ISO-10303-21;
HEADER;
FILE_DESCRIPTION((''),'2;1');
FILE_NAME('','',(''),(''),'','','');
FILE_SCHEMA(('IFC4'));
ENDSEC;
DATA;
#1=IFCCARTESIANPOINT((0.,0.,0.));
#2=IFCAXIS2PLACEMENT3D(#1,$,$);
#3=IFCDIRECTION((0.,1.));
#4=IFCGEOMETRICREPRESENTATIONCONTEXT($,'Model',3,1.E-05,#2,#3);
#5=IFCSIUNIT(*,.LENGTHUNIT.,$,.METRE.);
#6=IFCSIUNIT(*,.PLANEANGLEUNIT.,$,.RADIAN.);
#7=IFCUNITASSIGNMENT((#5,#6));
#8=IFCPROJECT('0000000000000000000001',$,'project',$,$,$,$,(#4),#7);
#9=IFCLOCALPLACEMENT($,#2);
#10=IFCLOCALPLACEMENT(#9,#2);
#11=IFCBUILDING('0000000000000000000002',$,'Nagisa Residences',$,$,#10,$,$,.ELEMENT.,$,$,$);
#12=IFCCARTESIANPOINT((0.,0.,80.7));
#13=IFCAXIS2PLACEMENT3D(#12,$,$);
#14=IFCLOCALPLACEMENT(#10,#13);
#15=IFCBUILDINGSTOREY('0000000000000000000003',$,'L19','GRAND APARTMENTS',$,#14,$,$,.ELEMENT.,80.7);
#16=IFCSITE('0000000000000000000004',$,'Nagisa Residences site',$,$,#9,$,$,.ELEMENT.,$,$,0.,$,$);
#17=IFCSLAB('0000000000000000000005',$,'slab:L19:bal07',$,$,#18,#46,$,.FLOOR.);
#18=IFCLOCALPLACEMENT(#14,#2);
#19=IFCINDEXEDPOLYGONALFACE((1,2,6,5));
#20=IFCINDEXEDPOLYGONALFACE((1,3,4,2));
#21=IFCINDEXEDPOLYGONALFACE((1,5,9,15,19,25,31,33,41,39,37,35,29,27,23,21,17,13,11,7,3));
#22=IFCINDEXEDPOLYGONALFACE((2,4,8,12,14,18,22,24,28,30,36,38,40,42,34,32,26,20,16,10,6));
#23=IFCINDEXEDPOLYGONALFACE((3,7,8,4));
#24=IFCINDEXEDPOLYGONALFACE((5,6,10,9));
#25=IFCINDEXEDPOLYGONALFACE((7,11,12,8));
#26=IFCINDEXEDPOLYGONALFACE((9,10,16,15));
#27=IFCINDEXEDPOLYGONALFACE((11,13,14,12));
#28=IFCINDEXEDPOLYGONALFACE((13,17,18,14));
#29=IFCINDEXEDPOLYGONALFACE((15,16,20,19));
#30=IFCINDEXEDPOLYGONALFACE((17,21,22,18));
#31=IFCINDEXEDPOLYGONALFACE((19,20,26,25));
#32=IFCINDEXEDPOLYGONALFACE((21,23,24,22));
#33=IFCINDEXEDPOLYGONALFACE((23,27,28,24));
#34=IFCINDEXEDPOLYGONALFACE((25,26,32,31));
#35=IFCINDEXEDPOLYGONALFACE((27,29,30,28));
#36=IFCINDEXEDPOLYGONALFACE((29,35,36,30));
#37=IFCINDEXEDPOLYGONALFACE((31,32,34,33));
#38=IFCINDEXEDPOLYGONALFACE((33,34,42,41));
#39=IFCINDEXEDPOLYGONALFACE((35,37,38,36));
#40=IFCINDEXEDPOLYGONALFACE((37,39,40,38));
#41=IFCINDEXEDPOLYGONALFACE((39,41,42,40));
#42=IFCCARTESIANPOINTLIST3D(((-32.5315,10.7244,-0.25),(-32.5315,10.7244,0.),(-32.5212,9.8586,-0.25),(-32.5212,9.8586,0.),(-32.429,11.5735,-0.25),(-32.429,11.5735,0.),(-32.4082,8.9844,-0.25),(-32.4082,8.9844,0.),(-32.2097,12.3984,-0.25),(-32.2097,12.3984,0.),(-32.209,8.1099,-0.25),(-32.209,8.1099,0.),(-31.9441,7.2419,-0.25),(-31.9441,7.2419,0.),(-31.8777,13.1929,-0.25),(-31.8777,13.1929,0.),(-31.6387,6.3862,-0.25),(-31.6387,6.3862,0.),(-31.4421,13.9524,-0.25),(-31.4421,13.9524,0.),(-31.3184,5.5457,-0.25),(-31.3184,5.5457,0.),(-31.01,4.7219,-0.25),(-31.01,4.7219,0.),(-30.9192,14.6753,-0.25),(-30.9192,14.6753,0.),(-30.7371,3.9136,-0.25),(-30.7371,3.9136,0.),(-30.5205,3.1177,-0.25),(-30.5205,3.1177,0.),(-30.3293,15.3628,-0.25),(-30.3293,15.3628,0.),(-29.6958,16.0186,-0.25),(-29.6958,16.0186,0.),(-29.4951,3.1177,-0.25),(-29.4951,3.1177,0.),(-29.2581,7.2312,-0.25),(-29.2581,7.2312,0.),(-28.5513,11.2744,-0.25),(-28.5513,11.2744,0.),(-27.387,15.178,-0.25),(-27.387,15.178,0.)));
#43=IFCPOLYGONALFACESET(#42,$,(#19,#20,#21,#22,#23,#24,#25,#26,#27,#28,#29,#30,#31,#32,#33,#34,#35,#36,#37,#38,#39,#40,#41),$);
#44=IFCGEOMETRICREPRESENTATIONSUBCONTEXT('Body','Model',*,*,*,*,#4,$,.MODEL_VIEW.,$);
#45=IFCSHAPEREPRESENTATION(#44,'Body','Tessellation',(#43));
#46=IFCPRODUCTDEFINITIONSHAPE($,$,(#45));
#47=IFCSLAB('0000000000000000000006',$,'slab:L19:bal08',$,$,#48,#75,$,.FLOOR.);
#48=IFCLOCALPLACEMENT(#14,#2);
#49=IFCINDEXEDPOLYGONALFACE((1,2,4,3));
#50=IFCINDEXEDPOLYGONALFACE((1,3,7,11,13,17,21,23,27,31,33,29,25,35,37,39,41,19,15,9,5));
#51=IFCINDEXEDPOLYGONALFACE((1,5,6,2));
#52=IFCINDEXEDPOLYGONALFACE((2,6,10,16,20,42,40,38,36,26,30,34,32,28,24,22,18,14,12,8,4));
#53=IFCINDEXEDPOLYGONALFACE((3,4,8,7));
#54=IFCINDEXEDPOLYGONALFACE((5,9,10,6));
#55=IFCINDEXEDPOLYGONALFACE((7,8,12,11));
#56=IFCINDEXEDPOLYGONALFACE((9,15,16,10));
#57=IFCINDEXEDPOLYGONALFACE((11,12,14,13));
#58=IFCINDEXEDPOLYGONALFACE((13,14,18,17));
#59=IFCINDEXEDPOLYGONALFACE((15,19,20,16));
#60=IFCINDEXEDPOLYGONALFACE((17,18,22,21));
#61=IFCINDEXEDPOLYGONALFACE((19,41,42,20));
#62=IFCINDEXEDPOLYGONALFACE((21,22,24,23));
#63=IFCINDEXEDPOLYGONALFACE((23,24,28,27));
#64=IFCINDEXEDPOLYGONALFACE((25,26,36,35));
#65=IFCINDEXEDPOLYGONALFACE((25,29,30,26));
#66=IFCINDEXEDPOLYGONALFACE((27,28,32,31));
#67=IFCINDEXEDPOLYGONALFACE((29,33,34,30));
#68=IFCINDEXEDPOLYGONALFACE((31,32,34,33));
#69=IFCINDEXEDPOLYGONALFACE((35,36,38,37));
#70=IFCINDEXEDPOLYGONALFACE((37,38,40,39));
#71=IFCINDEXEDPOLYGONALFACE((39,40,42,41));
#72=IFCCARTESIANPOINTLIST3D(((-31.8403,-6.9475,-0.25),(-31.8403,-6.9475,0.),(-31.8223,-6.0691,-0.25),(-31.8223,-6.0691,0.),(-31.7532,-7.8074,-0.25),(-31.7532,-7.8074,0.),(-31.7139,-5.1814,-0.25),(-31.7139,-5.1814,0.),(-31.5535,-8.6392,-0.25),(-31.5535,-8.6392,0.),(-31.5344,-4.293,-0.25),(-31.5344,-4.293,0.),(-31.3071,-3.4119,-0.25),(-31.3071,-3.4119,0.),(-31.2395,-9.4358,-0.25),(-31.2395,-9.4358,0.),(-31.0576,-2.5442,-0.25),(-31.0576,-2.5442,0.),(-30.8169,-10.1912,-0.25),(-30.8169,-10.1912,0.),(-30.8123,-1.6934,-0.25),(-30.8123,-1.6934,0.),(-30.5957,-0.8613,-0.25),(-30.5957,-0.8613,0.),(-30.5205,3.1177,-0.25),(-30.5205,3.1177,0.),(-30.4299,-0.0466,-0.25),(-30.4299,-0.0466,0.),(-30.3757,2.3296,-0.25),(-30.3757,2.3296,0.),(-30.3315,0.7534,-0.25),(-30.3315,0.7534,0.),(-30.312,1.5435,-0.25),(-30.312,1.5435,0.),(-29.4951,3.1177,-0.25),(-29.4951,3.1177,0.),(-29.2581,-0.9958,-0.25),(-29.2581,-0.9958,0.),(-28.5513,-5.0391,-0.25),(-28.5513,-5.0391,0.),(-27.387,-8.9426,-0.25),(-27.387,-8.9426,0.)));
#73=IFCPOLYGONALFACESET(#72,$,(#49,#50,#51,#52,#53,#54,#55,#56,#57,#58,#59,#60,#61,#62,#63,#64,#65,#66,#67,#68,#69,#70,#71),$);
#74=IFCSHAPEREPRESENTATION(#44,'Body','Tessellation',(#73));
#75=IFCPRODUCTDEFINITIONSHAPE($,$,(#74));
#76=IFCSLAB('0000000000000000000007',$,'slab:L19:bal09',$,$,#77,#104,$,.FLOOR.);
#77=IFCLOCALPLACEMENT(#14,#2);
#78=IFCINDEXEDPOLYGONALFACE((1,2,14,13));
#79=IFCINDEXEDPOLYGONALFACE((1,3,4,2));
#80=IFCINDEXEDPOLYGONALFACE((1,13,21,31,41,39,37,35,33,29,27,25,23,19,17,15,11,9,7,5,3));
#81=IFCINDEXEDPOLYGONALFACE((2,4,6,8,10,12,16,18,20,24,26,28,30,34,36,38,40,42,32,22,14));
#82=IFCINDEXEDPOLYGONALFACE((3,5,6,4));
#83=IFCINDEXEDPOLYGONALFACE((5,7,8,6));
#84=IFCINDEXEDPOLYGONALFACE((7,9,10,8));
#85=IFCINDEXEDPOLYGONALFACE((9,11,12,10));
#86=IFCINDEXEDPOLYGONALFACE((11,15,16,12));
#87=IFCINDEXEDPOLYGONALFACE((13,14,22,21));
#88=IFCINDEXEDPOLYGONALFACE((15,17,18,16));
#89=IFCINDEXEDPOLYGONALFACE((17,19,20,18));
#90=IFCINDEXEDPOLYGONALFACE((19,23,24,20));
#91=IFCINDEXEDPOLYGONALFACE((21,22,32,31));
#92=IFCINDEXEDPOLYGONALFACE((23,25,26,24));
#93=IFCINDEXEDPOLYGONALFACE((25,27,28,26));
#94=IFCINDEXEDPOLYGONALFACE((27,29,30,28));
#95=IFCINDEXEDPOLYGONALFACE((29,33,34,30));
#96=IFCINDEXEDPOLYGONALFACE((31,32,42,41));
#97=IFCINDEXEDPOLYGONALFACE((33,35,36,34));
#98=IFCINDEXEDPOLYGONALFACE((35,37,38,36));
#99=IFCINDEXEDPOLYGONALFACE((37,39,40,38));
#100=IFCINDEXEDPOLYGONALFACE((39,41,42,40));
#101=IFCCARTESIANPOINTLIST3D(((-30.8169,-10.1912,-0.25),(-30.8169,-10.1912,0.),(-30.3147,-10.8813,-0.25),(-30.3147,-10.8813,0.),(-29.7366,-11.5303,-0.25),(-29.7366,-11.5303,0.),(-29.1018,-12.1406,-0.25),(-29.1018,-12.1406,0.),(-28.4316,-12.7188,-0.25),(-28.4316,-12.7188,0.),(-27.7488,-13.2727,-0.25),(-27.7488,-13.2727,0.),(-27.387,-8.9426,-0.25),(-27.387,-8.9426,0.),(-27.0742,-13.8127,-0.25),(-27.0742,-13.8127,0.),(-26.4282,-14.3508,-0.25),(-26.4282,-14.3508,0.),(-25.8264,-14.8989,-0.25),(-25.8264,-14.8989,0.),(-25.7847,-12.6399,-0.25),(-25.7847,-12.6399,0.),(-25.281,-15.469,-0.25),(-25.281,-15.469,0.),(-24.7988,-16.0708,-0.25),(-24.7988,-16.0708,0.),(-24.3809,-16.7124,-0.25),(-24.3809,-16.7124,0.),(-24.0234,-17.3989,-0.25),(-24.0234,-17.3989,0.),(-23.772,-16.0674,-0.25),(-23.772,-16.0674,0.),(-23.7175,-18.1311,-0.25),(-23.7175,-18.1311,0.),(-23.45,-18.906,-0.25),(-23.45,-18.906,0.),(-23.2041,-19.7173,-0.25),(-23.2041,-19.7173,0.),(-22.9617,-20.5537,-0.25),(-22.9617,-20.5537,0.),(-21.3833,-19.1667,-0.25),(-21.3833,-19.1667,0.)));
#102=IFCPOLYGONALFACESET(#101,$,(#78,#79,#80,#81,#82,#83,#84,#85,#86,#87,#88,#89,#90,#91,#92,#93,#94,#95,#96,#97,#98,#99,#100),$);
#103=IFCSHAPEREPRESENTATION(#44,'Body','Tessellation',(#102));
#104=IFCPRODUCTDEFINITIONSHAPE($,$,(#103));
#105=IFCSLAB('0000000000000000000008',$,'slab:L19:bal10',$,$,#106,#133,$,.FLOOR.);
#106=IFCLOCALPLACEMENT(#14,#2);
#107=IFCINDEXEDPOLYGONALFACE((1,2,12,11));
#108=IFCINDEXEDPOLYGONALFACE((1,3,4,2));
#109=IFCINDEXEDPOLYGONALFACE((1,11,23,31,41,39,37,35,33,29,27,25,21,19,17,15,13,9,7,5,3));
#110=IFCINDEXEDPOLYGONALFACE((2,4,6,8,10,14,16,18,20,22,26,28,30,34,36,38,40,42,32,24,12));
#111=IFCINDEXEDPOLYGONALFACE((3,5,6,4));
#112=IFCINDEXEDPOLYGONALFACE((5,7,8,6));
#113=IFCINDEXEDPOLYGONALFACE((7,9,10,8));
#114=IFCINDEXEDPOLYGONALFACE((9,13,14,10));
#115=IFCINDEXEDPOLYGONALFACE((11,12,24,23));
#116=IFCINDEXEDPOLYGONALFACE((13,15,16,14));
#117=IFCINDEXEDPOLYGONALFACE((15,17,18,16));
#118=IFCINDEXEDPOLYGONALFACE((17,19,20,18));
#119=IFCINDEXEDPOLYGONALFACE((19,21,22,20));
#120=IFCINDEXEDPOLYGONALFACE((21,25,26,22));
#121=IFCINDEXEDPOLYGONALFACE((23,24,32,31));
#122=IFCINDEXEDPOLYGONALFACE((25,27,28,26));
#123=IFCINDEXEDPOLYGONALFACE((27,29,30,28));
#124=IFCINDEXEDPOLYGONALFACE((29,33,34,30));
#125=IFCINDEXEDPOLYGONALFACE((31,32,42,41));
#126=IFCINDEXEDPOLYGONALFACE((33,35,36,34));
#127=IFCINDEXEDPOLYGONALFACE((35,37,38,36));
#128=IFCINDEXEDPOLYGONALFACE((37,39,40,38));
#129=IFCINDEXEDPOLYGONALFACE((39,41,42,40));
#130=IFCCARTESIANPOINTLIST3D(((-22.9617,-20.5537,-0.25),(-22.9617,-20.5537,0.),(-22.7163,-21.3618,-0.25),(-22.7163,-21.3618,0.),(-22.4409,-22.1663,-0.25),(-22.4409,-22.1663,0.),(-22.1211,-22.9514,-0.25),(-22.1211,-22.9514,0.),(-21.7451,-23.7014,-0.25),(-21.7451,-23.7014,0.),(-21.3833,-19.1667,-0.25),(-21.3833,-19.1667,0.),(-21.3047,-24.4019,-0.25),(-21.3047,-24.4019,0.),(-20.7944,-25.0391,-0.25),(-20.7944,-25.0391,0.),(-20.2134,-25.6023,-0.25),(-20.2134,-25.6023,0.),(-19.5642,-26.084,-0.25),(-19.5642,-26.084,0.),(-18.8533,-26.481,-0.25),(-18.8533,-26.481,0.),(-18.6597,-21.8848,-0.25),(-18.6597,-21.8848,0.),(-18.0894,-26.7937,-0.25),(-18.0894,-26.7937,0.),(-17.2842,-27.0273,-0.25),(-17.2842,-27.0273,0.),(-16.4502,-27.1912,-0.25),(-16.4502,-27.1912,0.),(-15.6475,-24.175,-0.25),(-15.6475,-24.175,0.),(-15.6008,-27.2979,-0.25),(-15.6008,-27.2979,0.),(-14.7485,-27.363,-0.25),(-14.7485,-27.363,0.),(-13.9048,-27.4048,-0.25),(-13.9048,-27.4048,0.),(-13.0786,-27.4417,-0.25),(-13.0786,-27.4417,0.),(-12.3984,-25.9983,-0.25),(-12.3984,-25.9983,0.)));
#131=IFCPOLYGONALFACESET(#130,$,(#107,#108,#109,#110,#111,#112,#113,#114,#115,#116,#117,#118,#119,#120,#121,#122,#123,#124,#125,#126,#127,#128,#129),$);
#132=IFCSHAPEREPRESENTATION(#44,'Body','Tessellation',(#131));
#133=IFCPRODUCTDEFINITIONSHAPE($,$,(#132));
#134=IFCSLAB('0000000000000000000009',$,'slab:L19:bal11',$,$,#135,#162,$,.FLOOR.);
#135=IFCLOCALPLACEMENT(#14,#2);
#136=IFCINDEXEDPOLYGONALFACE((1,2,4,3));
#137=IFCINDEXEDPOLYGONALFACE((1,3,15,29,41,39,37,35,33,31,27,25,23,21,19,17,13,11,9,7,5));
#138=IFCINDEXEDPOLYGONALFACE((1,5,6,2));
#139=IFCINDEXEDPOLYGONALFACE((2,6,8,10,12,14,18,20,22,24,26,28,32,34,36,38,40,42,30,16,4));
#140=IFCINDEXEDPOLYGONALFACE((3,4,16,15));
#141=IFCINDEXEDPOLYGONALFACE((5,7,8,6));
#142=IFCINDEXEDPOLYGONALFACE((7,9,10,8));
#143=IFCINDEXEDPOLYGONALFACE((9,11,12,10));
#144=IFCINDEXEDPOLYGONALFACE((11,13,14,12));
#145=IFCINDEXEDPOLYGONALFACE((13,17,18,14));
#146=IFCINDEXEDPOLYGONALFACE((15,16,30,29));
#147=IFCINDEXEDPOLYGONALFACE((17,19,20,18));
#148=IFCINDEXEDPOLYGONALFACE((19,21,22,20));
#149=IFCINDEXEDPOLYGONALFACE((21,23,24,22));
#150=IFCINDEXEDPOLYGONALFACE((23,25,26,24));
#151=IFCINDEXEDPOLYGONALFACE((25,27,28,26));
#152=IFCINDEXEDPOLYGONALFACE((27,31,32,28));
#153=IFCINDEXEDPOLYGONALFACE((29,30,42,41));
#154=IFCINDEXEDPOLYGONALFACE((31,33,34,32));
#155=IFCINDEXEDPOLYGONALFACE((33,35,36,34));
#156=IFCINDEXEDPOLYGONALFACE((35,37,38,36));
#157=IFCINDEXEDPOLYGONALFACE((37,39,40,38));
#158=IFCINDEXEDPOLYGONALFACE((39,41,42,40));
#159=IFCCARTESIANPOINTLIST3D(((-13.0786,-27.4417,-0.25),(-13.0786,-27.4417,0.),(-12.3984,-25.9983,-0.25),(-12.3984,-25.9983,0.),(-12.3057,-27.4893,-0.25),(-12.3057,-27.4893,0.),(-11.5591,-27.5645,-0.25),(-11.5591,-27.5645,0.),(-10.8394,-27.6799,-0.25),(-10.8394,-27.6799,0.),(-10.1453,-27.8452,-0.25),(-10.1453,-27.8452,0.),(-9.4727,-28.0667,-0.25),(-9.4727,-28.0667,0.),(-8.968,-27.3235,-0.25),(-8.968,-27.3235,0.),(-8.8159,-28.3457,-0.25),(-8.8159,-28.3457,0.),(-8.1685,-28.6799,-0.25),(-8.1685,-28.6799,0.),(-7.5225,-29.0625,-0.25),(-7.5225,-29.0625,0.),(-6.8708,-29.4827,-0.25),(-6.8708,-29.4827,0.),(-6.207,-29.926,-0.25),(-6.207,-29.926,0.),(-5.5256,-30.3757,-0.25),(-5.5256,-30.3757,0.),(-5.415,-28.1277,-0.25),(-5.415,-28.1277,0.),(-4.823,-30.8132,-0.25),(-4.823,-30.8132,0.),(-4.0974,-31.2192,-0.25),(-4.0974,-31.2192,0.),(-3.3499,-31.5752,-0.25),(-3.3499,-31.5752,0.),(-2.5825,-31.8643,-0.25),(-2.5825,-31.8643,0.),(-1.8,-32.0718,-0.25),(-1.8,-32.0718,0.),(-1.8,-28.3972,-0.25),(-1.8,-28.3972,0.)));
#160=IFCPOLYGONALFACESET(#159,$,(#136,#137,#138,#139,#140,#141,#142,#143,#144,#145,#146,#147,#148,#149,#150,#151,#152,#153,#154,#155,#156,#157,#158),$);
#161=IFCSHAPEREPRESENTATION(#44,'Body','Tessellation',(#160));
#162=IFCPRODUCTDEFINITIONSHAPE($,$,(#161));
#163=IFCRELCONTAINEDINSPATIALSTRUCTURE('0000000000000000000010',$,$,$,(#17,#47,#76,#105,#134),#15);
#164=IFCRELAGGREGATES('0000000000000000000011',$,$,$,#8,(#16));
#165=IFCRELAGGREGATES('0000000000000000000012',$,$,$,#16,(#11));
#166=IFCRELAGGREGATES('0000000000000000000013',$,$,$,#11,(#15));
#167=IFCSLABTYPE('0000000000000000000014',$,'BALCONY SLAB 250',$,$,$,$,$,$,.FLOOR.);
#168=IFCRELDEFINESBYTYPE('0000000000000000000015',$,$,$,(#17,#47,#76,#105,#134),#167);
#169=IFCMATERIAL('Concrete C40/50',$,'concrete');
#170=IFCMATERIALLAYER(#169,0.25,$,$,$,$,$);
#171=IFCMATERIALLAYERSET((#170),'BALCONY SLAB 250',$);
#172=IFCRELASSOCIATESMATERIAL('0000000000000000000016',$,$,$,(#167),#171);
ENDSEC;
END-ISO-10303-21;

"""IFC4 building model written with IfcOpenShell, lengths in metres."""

from ifc_helpers import new_model, si_unit, direction, frame, origin, place, context, subcontext, project, spatial, polyline, outline, extrude, material, layer, layer_set, type_object, element, save


model = new_model("IFC4")

# Units and contexts
model_context = context("Model", 3, precision=1e-05, world=origin(), true_north=direction((0.0, 1.0)))
body_context = subcontext(model_context, "Body", "Model", "MODEL_VIEW")
ifc_project = project(units=[si_unit("LENGTHUNIT", "METRE"), si_unit("PLANEANGLEUNIT", "RADIAN")], contexts=[model_context])

# Site, building, storey
site_placement = place(None, origin())
site = spatial("IfcSite", under=ifc_project, at=site_placement, Name="Nagisa Residences site", CompositionType="ELEMENT", RefElevation=0.0)
building_placement = place(site_placement, origin())
building = spatial("IfcBuilding", under=site, at=building_placement, Name="Nagisa Residences", CompositionType="ELEMENT")
storey_placement = place(building_placement, frame((0.0, 0.0, 80.7)))
storey = spatial("IfcBuildingStorey", under=building, at=storey_placement, Name="L19", Description="GRAND APARTMENTS", CompositionType="ELEMENT", Elevation=80.7)

# Slabs
ifc_material_1 = material(Name="Concrete C40/50", Category="concrete")
ifc_layer_1 = layer(ifc_material_1, 0.25)
ifc_layer_set_1 = layer_set([ifc_layer_1], Name="BALCONY SLAB 250")
slab_type = type_object("IfcSlabType", Name="BALCONY SLAB 250", PredefinedType="FLOOR", material=ifc_layer_set_1)
slab_1_placement = place(storey_placement, frame((0.0, 0.0, -0.25)))
element("IfcSlab", 1, at=slab_1_placement, inside=storey, type_object=slab_type, Name="slab:L19:bal07", PredefinedType="FLOOR", context=body_context, shape_type="SweptSolid", body=[
    extrude(outline(polyline([(-29.6958, 16.0186), (-30.3293, 15.3628), (-30.9192, 14.6753), (-31.4421, 13.9524), (-31.8777, 13.1929), (-32.2097, 12.3984), (-32.429, 11.5735), (-32.5315, 10.7244), (-32.5212, 9.8586), (-32.4082, 8.9844), (-32.209, 8.1099), (-31.9441, 7.2419), (-31.6387, 6.3862), (-31.3184, 5.5457), (-31.01, 4.7219), (-30.7371, 3.9136), (-30.5205, 3.1177), (-29.4951, 3.1177), (-29.2581, 7.2312), (-28.5513, 11.2744), (-27.387, 15.178), (-29.6958, 16.0186)])), origin(), (0.0, 0.0, 1.0), 0.25),
])
slab_2_placement = place(storey_placement, frame((0.0, 0.0, -0.25)))
element("IfcSlab", 2, at=slab_2_placement, inside=storey, type_object=slab_type, Name="slab:L19:bal08", PredefinedType="FLOOR", context=body_context, shape_type="SweptSolid", body=[
    extrude(outline(polyline([(-30.5205, 3.1177), (-30.3757, 2.3296), (-30.312, 1.5435), (-30.3315, 0.7534), (-30.4299, -0.0466), (-30.5957, -0.8613), (-30.8123, -1.6934), (-31.0576, -2.5442), (-31.3071, -3.4119), (-31.5344, -4.293), (-31.7139, -5.1814), (-31.8223, -6.0691), (-31.8403, -6.9475), (-31.7532, -7.8074), (-31.5535, -8.6392), (-31.2395, -9.4358), (-30.8169, -10.1912), (-27.387, -8.9426), (-28.5513, -5.0391), (-29.2581, -0.9958), (-29.4951, 3.1177), (-30.5205, 3.1177)])), origin(), (0.0, 0.0, 1.0), 0.25),
])
slab_3_placement = place(storey_placement, frame((0.0, 0.0, -0.25)))
element("IfcSlab", 3, at=slab_3_placement, inside=storey, type_object=slab_type, Name="slab:L19:bal09", PredefinedType="FLOOR", context=body_context, shape_type="SweptSolid", body=[
    extrude(outline(polyline([(-30.8169, -10.1912), (-30.3147, -10.8813), (-29.7366, -11.5303), (-29.1018, -12.1406), (-28.4316, -12.7188), (-27.7488, -13.2727), (-27.0742, -13.8127), (-26.4282, -14.3508), (-25.8264, -14.8989), (-25.281, -15.469), (-24.7988, -16.0708), (-24.3809, -16.7124), (-24.0234, -17.3989), (-23.7175, -18.1311), (-23.45, -18.906), (-23.2041, -19.7173), (-22.9617, -20.5537), (-21.3833, -19.1667), (-23.772, -16.0674), (-25.7847, -12.6399), (-27.387, -8.9426), (-30.8169, -10.1912)])), origin(), (0.0, 0.0, 1.0), 0.25),
])
slab_4_placement = place(storey_placement, frame((0.0, 0.0, -0.25)))
element("IfcSlab", 4, at=slab_4_placement, inside=storey, type_object=slab_type, Name="slab:L19:bal10", PredefinedType="FLOOR", context=body_context, shape_type="SweptSolid", body=[
    extrude(outline(polyline([(-22.9617, -20.5537), (-22.7163, -21.3618), (-22.4409, -22.1663), (-22.1211, -22.9514), (-21.7451, -23.7014), (-21.3047, -24.4019), (-20.7944, -25.0391), (-20.2134, -25.6023), (-19.5642, -26.084), (-18.8533, -26.481), (-18.0894, -26.7937), (-17.2842, -27.0273), (-16.4502, -27.1912), (-15.6008, -27.2979), (-14.7485, -27.363), (-13.9048, -27.4048), (-13.0786, -27.4417), (-12.3984, -25.9983), (-15.6475, -24.175), (-18.6597, -21.8848), (-21.3833, -19.1667), (-22.9617, -20.5537)])), origin(), (0.0, 0.0, 1.0), 0.25),
])
slab_5_placement = place(storey_placement, frame((0.0, 0.0, -0.25)))
element("IfcSlab", 5, at=slab_5_placement, inside=storey, type_object=slab_type, Name="slab:L19:bal11", PredefinedType="FLOOR", context=body_context, shape_type="SweptSolid", body=[
    extrude(outline(polyline([(-13.0786, -27.4417), (-12.3057, -27.4893), (-11.5591, -27.5645), (-10.8394, -27.6799), (-10.1453, -27.8452), (-9.4727, -28.0667), (-8.8159, -28.3457), (-8.1685, -28.6799), (-7.5225, -29.0625), (-6.8708, -29.4827), (-6.207, -29.926), (-5.5256, -30.3757), (-4.823, -30.8132), (-4.0974, -31.2192), (-3.3499, -31.5752), (-2.5825, -31.8643), (-1.8, -32.0718), (-1.8, -28.3972), (-5.415, -28.1277), (-8.968, -27.3235), (-12.3984, -25.9983), (-13.0786, -27.4417)])), origin(), (0.0, 0.0, 1.0), 0.25),
])

save(model, "model.ifc")
